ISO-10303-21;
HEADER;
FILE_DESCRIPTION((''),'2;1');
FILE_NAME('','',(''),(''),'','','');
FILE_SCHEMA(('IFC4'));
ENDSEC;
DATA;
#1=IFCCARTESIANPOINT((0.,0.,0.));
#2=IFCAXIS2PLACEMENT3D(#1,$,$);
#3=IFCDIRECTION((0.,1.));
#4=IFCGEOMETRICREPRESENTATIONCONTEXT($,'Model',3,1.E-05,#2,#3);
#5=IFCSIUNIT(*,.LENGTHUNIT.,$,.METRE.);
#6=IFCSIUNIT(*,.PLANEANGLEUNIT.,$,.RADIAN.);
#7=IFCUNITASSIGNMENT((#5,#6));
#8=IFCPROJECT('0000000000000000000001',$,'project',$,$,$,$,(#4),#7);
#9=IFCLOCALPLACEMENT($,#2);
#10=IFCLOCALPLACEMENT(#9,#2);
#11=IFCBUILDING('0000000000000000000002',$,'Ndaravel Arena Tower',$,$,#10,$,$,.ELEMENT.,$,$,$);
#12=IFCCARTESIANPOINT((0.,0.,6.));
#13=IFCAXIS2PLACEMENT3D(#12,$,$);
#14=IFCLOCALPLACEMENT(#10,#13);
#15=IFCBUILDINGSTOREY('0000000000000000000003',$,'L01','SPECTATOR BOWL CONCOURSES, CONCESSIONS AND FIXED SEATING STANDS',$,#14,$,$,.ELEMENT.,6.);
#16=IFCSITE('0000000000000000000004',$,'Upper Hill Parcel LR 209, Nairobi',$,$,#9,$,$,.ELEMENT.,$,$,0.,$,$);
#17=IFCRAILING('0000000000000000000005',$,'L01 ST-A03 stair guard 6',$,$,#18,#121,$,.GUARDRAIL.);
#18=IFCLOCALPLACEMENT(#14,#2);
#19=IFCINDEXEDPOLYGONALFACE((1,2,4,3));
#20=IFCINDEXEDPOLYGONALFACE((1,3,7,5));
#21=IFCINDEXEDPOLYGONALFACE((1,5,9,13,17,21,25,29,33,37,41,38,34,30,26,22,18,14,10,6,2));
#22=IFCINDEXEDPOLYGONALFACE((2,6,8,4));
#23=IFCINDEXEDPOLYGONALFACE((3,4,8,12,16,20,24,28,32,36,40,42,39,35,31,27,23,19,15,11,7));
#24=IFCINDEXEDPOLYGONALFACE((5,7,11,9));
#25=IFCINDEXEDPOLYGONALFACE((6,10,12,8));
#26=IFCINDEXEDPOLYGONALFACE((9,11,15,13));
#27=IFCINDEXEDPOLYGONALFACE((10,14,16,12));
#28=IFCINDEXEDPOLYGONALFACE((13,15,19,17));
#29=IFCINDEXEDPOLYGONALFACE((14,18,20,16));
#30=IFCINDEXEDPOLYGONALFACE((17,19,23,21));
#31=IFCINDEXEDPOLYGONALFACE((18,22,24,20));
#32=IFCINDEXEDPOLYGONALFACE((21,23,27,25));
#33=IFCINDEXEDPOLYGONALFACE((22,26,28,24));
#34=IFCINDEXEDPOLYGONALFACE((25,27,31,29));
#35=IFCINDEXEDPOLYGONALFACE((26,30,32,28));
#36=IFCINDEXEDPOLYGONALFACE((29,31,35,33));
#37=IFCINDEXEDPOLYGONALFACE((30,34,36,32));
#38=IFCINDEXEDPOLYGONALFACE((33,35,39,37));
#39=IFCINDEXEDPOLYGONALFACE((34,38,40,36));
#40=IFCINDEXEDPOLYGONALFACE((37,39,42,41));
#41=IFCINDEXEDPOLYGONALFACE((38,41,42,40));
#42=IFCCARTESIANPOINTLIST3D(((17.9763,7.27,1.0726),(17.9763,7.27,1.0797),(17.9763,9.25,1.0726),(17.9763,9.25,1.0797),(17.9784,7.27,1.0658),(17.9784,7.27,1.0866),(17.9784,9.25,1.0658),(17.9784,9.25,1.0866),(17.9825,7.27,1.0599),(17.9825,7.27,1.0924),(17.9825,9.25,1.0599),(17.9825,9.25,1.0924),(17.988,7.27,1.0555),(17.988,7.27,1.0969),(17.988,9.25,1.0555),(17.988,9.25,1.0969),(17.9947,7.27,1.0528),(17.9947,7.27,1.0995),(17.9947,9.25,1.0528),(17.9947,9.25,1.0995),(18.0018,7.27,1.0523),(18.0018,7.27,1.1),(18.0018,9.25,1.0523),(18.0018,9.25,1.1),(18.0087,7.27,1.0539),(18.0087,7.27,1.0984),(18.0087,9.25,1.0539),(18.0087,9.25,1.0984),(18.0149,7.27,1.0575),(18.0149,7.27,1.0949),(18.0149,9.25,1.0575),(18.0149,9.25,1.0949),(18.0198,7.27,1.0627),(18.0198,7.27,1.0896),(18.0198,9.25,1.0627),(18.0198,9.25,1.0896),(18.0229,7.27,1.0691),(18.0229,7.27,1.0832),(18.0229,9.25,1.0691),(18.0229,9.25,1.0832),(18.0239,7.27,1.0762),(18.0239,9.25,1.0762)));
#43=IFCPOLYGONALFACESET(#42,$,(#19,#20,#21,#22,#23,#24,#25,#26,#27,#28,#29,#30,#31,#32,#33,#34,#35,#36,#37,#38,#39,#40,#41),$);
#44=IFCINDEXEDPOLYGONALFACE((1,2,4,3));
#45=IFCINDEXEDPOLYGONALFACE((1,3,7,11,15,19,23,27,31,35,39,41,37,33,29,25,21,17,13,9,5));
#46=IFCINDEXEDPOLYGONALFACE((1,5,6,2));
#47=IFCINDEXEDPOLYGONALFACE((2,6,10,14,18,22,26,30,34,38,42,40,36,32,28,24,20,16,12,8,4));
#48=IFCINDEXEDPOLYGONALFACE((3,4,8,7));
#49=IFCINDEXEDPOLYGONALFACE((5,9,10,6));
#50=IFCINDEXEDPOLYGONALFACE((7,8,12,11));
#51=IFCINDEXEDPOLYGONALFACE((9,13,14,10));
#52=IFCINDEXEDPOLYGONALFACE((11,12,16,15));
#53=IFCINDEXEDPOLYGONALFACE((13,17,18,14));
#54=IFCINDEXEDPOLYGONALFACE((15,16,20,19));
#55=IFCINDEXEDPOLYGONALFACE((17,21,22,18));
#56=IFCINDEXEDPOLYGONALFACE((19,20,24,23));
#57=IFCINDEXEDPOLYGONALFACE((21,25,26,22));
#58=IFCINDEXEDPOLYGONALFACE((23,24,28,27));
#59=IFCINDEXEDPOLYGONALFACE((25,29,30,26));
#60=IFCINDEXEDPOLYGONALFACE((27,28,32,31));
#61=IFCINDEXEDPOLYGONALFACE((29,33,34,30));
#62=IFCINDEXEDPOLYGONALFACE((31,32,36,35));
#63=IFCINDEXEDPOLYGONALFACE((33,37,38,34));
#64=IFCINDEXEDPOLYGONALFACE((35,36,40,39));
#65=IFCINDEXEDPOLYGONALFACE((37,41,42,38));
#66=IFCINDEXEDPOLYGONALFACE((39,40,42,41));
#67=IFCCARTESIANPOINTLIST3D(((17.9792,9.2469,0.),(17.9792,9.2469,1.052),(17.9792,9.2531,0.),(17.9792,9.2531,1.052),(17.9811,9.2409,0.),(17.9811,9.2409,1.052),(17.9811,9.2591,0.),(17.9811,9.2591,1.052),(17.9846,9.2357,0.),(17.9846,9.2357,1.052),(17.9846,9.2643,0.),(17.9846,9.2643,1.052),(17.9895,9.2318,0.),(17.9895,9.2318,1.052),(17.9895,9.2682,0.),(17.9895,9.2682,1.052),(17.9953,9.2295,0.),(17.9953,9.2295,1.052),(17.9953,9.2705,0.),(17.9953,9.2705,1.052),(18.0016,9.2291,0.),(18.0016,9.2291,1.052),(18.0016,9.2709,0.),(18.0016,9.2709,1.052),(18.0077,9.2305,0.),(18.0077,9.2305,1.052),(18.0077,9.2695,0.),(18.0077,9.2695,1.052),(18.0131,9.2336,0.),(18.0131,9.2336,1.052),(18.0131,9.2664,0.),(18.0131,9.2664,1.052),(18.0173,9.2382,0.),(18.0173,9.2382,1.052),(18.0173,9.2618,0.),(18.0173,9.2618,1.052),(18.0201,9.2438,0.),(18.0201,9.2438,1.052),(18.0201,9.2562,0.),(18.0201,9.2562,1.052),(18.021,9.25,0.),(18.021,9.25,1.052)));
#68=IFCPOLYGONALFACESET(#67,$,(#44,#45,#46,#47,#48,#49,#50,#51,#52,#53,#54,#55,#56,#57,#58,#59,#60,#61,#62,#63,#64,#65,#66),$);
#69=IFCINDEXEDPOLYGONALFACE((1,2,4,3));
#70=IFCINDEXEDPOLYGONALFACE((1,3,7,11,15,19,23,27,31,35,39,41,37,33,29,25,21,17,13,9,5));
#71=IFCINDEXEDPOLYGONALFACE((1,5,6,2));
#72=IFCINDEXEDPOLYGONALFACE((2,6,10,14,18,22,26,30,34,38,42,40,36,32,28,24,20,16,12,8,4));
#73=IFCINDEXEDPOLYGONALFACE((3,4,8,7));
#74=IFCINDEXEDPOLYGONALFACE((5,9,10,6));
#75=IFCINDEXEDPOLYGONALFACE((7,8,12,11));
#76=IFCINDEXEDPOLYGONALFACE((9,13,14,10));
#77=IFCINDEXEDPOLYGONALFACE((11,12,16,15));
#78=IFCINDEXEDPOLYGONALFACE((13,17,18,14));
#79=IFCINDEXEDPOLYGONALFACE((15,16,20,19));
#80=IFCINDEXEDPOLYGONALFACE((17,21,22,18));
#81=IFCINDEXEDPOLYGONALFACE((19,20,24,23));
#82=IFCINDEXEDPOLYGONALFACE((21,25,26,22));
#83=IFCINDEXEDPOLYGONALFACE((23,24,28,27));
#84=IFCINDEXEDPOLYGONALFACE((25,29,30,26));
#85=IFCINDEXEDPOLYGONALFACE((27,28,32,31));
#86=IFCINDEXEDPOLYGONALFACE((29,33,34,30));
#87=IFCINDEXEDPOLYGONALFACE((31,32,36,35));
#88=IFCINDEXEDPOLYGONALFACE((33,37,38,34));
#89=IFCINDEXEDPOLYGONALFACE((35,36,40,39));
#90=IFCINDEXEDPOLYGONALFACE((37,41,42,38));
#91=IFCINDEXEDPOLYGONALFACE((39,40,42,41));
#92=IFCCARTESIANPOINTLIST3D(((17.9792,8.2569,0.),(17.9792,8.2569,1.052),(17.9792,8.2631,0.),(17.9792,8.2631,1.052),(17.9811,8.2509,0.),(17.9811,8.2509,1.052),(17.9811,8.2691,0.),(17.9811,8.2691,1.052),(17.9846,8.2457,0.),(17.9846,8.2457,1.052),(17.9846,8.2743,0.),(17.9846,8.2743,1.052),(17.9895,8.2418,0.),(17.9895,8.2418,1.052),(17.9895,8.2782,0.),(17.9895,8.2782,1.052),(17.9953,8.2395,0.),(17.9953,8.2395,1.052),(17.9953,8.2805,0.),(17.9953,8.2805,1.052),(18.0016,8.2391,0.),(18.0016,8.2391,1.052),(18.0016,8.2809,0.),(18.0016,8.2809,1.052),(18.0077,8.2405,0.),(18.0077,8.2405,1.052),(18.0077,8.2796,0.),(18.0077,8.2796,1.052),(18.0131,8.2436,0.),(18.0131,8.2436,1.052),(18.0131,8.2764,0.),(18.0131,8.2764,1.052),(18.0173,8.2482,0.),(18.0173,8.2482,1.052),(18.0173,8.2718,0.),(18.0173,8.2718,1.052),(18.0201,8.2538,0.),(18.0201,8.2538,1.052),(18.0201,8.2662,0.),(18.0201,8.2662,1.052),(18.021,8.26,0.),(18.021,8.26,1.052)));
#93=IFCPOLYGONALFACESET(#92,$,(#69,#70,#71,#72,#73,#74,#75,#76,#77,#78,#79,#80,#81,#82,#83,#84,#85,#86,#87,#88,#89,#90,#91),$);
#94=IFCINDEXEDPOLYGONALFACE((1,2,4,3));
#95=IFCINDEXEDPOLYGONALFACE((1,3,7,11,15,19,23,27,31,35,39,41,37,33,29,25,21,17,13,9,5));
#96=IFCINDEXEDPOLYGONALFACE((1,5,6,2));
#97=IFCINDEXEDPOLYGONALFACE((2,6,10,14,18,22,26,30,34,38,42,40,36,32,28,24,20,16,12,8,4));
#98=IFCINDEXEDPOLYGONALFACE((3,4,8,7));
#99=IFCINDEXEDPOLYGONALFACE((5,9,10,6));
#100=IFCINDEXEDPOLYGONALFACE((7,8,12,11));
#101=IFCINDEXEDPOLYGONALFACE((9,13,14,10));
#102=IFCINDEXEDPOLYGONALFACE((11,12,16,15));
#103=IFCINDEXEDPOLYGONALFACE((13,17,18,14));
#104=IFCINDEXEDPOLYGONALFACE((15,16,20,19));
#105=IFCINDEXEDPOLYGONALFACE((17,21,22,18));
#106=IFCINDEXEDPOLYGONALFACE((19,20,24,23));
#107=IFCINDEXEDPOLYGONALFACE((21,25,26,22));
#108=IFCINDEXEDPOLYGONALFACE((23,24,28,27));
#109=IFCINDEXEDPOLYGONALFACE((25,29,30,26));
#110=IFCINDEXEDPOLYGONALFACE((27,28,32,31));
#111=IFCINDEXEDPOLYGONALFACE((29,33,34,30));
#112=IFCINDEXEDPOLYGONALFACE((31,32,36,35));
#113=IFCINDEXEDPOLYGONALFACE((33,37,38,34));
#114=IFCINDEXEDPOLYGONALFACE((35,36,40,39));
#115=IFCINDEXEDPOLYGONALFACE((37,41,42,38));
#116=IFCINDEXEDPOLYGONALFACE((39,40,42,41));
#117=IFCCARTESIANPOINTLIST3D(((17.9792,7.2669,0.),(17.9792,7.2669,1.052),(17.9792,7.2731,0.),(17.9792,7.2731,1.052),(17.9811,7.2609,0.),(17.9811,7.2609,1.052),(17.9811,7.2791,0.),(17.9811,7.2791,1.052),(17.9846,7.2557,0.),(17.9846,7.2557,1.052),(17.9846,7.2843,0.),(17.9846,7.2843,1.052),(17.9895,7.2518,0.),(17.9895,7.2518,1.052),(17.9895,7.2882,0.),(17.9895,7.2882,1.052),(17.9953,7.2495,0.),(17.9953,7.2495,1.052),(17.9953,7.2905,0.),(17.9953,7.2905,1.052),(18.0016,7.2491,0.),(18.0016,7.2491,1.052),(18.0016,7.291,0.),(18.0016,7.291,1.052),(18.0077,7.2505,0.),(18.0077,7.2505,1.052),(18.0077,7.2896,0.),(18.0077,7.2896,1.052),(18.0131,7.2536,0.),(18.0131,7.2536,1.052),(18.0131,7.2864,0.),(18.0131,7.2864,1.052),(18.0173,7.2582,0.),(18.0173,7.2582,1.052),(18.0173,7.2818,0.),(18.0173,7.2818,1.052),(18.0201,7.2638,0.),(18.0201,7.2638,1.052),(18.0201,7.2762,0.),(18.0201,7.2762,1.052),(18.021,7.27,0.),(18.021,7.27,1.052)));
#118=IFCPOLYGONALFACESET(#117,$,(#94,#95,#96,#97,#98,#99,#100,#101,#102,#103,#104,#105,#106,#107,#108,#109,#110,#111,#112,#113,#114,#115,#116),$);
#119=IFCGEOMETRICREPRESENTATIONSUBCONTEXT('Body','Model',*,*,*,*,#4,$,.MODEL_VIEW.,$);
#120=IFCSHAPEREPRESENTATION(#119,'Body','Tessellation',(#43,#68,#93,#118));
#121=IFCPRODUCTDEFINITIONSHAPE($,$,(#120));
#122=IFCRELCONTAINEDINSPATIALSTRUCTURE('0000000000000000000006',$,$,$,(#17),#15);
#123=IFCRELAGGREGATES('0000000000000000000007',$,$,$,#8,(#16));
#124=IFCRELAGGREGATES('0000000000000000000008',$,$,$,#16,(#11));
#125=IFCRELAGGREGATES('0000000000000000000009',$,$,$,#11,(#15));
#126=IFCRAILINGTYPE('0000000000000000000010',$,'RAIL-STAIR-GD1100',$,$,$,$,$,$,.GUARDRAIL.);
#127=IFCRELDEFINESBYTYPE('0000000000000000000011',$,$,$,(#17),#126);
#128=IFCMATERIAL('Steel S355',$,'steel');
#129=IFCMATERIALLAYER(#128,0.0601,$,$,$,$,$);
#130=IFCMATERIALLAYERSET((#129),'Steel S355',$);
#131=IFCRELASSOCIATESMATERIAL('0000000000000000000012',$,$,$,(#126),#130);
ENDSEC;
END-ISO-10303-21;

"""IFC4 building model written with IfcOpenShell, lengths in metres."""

from ifc_helpers import new_model, si_unit, direction, frame, origin, origin_2d, place, context, subcontext, project, spatial, circle, extrude, material, layer, layer_set, type_object, element, save


model = new_model("IFC4")

# Units and contexts
model_context = context("Model", 3, precision=1e-05, world=origin(), true_north=direction((0.0, 1.0)))
body_context = subcontext(model_context, "Body", "Model", "MODEL_VIEW")
ifc_project = project(units=[si_unit("LENGTHUNIT", "METRE"), si_unit("PLANEANGLEUNIT", "RADIAN")], contexts=[model_context])

# Site, building, storey
site_placement = place(None, origin())
site = spatial("IfcSite", under=ifc_project, at=site_placement, Name="Upper Hill Parcel LR 209, Nairobi", CompositionType="ELEMENT", RefElevation=0.0)
building_placement = place(site_placement, origin())
building = spatial("IfcBuilding", under=site, at=building_placement, Name="Ndaravel Arena Tower", CompositionType="ELEMENT")
storey_placement = place(building_placement, frame((0.0, 0.0, 6.0)))
storey = spatial("IfcBuildingStorey", under=building, at=storey_placement, Name="L01", Description="SPECTATOR BOWL CONCOURSES, CONCESSIONS AND FIXED SEATING STANDS", CompositionType="ELEMENT", Elevation=6.0)

# Railing
ifc_material_1 = material(Name="Steel S355", Category="steel")
ifc_layer_1 = layer(ifc_material_1, 0.0601)
ifc_layer_set_1 = layer_set([ifc_layer_1], Name="Steel S355")
railing_type_1 = type_object("IfcRailingType", Name="RAIL-STAIR-GD1100", PredefinedType="GUARDRAIL", material=ifc_layer_set_1)
for number, where, name in (
    (1, (18.0, 9.25, 0.0), "L01 ST-A03 stair guard 6"),
):
    element("IfcRailing", number, at=place(storey_placement, frame(where)), inside=storey, type_object=railing_type_1, Name=name, PredefinedType="GUARDRAIL", context=body_context, shape_type="SweptSolid", body=[
        extrude(circle(Radius=0.0239, at=origin_2d()), frame((0.0, 0.0, 1.0762), z_axis=(0.0, -1.0, 0.0), x_axis=(1.0, 0.0, 0.0)), (0.0, 0.0, 1.0), 1.98),
        extrude(circle(Radius=0.021, at=origin_2d()), origin(), (0.0, 0.0, 1.0), 1.052),
        extrude(circle(Radius=0.021, at=origin_2d()), frame((0.0, -0.99, 0.0)), (0.0, 0.0, 1.0), 1.052),
        extrude(circle(Radius=0.021, at=origin_2d()), frame((0.0, -1.98, 0.0)), (0.0, 0.0, 1.0), 1.052),
    ])

save(model, "model.ifc")
